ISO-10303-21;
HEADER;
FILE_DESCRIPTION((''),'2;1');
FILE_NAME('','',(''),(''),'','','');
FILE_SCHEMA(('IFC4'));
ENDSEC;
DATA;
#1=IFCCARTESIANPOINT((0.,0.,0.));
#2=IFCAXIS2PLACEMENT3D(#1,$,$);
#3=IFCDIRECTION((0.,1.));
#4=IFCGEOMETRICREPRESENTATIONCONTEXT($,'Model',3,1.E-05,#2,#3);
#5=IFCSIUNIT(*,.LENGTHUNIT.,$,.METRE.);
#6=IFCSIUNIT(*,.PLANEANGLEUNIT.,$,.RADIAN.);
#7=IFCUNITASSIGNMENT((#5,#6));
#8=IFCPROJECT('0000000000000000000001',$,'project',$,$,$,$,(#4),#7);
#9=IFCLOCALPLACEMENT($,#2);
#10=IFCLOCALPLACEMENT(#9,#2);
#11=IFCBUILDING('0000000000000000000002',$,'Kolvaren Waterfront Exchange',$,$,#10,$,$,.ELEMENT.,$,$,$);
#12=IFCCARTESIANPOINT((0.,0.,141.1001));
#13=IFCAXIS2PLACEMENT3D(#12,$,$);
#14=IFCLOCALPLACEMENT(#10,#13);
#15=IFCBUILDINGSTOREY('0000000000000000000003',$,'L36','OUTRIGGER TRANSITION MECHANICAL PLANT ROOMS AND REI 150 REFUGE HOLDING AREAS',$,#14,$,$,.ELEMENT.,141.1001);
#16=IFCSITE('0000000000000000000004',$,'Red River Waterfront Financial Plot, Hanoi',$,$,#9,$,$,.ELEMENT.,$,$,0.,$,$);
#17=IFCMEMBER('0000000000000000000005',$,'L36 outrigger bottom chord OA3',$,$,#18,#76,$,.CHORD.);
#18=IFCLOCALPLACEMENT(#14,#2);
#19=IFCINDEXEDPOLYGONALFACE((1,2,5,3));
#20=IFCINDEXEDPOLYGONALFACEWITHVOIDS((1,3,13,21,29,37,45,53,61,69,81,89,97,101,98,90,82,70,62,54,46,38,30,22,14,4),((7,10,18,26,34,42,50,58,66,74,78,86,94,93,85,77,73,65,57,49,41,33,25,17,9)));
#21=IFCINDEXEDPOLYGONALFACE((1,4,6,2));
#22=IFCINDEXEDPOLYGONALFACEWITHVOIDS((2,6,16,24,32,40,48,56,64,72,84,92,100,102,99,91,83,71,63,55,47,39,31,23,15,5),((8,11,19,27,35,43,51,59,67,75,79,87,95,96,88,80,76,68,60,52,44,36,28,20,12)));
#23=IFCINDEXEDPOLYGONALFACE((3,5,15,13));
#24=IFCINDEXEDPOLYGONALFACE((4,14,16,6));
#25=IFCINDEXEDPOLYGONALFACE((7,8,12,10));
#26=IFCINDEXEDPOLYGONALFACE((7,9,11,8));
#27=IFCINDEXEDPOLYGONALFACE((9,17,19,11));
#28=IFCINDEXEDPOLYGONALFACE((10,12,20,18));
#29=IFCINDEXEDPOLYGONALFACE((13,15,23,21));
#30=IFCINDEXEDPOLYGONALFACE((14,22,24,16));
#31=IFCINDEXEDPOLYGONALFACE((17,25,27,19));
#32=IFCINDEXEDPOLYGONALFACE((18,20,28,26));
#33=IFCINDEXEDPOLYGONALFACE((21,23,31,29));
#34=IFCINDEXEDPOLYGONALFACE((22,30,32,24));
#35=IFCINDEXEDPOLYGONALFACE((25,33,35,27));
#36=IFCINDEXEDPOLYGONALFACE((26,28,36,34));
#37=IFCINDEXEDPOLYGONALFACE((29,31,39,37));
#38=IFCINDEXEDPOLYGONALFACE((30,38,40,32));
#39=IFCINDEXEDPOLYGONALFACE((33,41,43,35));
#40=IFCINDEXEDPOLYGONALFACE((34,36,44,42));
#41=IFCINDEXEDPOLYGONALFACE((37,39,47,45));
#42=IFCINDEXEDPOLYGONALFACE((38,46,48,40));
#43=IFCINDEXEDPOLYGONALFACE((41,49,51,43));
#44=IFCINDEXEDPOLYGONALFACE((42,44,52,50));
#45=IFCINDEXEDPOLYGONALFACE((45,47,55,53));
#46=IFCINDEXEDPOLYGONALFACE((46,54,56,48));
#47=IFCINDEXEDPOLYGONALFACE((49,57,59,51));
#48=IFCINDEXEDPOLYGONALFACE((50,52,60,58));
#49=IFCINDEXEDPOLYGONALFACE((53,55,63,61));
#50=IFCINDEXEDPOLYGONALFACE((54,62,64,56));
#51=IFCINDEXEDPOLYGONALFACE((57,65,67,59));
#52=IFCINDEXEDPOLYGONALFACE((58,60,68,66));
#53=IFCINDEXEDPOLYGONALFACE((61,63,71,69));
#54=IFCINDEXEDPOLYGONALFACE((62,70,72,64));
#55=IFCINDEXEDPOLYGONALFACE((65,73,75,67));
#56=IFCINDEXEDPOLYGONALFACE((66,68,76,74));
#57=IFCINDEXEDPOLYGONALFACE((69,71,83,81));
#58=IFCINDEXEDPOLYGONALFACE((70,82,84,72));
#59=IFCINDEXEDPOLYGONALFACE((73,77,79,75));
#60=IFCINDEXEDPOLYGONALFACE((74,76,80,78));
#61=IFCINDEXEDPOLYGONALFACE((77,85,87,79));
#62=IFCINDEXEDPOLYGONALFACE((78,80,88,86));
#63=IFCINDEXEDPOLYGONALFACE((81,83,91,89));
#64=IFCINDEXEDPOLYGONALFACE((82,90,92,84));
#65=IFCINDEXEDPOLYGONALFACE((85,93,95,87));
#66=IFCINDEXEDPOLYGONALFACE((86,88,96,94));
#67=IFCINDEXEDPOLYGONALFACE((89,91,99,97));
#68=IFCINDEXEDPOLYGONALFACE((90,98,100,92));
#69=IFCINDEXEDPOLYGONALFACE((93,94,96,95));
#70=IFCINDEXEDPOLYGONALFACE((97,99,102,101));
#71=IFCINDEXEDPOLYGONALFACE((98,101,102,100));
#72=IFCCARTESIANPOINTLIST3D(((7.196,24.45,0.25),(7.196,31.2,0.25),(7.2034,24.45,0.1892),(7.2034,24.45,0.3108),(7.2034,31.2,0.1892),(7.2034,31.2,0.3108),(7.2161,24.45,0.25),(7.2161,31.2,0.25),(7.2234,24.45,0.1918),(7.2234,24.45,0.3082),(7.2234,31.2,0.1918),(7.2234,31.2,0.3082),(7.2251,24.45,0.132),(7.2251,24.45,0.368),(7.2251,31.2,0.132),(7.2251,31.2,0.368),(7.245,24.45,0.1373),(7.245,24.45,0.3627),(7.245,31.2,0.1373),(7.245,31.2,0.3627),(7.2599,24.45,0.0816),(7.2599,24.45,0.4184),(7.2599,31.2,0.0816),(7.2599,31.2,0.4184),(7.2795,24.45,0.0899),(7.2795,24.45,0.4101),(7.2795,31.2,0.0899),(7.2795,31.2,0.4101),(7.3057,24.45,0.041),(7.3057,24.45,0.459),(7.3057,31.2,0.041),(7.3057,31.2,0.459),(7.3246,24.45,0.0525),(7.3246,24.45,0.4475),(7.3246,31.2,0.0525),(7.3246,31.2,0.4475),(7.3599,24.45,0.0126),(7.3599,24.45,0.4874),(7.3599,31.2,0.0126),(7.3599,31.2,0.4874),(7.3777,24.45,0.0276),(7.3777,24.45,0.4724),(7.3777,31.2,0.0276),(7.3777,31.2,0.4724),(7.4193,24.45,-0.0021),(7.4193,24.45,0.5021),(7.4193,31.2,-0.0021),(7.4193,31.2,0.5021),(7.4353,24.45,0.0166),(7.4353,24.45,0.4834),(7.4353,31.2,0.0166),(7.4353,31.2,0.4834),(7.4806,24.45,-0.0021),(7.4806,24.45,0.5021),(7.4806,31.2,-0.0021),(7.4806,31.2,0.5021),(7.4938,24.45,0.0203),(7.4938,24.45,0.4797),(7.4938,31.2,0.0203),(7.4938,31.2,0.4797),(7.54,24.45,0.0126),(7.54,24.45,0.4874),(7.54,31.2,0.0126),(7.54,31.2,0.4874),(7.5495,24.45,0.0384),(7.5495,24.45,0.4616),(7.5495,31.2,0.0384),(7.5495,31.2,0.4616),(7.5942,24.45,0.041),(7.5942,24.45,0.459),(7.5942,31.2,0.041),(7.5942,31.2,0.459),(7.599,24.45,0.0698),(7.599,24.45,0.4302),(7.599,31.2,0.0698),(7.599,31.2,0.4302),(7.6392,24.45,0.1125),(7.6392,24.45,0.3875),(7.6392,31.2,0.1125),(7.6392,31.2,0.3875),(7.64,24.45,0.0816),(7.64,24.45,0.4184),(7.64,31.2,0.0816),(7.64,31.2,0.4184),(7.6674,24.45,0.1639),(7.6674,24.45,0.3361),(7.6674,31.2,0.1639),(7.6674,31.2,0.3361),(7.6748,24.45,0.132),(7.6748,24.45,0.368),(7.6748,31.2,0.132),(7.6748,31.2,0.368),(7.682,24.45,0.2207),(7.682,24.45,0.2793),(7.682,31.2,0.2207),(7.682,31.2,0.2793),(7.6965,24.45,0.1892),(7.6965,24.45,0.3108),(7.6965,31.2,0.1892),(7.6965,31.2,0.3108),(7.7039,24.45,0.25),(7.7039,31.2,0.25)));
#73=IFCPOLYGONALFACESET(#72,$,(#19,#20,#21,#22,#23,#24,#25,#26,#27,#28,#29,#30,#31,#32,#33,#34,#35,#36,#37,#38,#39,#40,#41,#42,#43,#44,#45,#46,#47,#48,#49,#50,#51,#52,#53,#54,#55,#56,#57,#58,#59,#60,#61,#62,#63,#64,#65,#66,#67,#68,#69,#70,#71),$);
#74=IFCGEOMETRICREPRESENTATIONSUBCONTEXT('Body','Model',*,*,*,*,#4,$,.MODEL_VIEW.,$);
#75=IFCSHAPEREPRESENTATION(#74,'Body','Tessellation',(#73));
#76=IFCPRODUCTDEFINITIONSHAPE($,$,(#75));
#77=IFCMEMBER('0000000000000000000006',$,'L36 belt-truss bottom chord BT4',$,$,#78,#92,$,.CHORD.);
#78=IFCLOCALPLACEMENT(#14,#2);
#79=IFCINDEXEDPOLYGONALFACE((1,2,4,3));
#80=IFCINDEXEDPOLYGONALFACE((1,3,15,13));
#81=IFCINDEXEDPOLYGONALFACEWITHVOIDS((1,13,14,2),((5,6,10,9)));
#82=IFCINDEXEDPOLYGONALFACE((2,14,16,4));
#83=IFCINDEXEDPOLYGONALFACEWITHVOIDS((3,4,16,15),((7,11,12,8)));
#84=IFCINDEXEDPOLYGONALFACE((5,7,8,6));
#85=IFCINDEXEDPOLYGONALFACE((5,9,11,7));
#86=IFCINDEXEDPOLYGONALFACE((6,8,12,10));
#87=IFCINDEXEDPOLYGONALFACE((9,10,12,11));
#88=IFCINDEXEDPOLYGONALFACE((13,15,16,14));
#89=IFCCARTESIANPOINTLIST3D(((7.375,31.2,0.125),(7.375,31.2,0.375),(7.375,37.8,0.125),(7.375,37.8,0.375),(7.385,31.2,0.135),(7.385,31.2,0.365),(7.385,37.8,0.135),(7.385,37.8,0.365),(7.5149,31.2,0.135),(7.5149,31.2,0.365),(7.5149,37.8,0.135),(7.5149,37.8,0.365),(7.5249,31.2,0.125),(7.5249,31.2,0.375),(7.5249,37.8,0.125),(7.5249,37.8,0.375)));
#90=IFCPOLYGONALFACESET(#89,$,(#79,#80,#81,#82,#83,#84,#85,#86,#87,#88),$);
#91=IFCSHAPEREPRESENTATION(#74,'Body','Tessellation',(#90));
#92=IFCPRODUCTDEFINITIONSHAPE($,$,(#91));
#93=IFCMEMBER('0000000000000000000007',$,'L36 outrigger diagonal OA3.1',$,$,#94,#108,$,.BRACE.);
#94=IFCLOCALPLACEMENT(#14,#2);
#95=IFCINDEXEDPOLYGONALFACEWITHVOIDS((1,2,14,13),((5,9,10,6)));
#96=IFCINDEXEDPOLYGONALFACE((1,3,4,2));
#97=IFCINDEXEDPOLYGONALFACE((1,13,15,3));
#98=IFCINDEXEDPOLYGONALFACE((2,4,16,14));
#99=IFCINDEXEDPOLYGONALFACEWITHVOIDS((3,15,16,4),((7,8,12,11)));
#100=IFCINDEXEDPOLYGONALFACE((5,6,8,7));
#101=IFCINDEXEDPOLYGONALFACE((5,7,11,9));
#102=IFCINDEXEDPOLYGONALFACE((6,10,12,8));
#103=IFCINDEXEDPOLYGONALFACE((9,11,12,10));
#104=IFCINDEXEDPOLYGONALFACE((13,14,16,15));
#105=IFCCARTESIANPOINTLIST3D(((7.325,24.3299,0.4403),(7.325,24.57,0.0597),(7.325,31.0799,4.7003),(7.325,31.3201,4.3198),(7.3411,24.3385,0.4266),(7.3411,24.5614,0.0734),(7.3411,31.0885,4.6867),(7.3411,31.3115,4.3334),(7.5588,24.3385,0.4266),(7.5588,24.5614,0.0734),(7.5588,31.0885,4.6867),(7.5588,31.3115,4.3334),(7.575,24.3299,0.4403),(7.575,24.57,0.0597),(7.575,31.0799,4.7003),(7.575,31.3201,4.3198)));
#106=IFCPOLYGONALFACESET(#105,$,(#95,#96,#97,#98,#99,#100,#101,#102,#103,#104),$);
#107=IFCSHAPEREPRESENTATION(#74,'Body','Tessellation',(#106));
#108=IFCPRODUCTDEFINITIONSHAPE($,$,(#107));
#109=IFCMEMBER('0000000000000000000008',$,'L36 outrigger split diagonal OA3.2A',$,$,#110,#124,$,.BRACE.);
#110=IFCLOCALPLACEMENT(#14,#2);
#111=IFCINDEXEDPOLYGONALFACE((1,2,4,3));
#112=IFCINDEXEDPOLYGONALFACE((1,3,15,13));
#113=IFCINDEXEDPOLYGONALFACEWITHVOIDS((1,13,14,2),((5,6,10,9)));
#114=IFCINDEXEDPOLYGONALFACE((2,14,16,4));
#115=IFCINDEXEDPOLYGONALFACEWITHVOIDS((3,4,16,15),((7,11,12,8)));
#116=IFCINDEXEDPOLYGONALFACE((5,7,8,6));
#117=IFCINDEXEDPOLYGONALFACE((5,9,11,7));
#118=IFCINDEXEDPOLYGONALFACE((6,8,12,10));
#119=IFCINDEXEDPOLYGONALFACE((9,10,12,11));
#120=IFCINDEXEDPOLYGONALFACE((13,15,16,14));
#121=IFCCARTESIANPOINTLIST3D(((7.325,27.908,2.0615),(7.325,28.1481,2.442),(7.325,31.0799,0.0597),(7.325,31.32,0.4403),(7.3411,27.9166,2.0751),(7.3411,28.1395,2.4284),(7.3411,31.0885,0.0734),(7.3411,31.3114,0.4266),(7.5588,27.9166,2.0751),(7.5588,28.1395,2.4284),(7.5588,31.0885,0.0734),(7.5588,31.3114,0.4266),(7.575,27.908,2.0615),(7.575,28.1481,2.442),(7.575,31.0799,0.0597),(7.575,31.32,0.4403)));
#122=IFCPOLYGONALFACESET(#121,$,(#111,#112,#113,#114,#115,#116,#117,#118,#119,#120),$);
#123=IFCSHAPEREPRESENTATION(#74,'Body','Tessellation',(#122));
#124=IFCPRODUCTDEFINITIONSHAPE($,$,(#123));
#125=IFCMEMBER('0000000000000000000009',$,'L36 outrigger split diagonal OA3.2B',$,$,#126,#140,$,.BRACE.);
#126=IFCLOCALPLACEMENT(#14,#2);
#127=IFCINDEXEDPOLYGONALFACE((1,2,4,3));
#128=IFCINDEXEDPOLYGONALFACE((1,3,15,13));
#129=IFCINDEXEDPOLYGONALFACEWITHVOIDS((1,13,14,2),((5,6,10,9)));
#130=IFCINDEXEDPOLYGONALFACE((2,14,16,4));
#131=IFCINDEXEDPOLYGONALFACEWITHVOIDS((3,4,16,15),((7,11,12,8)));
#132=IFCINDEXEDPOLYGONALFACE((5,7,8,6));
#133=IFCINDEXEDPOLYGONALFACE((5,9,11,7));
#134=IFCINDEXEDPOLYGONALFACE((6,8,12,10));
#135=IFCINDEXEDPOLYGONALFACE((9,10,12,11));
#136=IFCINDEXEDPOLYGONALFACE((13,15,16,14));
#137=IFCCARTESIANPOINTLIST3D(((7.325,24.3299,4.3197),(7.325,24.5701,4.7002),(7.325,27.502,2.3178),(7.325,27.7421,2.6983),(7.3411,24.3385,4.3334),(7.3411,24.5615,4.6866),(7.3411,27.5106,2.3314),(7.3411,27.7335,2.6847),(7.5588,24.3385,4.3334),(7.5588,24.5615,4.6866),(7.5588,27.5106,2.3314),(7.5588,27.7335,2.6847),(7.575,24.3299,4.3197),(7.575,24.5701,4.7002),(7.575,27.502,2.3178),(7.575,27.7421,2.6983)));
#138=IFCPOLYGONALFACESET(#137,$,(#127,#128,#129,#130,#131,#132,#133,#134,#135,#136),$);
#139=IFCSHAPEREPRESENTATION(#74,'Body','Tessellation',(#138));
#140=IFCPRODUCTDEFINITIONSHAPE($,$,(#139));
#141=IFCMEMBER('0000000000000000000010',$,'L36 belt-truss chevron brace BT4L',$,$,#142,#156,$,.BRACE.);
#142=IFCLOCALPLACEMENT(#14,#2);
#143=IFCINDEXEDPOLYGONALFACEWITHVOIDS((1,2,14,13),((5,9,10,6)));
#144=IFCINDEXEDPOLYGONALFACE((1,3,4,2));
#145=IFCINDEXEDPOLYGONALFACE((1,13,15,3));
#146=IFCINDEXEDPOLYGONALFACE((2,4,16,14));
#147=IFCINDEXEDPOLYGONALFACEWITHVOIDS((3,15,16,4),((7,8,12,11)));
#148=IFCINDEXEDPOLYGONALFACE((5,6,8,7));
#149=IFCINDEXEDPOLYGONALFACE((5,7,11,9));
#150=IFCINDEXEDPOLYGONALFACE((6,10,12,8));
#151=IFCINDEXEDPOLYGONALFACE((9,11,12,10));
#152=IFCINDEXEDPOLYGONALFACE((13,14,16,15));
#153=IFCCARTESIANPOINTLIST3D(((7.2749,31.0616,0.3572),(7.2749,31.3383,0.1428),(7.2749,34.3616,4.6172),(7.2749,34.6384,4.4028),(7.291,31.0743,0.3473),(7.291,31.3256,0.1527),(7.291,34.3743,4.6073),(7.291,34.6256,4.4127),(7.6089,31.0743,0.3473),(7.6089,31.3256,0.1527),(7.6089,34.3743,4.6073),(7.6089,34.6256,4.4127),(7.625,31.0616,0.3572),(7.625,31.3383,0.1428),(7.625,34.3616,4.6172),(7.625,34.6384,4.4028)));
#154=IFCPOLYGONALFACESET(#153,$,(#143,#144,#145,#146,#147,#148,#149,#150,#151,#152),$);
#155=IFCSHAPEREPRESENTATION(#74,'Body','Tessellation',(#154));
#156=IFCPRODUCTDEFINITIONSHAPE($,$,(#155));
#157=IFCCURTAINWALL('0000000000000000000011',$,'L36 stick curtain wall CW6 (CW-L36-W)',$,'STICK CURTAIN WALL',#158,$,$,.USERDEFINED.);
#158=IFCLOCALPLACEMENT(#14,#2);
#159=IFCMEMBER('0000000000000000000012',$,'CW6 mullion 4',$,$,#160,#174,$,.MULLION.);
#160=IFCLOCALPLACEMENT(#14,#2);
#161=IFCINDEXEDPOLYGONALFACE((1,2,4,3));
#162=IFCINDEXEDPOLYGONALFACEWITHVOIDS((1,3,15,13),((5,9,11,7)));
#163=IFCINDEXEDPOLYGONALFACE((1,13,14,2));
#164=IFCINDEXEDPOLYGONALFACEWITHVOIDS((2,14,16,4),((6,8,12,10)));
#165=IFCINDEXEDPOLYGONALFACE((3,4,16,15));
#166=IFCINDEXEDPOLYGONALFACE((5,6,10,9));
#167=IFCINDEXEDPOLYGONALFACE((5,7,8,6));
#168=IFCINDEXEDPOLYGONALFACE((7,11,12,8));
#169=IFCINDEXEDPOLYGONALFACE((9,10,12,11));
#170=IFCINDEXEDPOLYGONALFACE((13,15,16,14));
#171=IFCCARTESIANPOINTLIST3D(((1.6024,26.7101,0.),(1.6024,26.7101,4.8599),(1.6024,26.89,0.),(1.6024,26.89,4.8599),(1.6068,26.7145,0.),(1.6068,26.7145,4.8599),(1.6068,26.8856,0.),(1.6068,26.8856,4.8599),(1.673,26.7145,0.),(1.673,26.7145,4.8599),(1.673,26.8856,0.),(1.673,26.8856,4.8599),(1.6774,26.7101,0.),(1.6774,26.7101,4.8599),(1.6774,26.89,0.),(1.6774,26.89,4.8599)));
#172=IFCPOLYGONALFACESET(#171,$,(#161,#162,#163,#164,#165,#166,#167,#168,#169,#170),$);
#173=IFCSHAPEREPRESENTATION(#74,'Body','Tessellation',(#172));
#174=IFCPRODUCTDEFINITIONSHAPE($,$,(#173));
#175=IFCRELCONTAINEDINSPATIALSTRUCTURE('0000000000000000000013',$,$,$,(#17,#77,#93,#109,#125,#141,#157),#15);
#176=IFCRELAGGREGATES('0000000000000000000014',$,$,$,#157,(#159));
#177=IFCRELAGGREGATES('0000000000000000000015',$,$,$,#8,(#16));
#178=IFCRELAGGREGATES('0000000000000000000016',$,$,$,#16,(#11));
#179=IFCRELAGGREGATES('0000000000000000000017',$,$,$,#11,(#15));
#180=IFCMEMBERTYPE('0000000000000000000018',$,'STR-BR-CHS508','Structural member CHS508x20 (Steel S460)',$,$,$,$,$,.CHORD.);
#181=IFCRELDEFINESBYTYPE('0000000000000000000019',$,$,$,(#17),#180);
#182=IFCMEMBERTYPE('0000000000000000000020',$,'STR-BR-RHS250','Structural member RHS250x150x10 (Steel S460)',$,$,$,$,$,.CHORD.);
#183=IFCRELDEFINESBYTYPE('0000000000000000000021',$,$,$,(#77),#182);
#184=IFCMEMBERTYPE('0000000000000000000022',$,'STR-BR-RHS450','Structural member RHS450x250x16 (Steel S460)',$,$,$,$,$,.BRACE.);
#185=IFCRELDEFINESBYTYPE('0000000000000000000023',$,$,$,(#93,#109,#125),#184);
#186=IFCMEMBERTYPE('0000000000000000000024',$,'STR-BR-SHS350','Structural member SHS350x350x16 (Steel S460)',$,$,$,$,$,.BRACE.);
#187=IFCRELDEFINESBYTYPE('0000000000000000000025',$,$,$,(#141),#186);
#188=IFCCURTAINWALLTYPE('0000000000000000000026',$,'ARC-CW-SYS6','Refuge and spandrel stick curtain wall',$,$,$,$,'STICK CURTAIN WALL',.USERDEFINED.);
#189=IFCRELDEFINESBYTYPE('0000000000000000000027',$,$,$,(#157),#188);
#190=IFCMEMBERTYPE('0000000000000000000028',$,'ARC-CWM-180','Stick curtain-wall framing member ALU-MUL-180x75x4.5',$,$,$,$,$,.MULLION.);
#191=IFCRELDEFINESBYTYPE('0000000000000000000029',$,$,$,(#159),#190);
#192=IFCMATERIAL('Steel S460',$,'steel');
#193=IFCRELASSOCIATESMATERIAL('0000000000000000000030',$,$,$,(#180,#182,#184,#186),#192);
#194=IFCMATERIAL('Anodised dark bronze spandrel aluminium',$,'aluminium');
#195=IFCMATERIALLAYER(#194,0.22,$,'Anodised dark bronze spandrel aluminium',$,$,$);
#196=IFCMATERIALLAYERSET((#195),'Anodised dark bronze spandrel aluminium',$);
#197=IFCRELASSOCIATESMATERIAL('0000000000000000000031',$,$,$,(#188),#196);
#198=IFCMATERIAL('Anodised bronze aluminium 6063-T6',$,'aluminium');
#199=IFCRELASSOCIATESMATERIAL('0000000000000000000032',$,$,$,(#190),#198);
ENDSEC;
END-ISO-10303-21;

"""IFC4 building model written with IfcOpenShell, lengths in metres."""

from ifc_helpers import new_model, si_unit, direction, frame, origin, origin_with_axes, origin_2d, place, context, subcontext, project, spatial, hollow_rectangle, hollow_circle, extrude, source, transform, mapped, material, layer, layer_set, material_profile, profile_set, type_object, element, aggregate, save


model = new_model("IFC4")

# Units and contexts
model_context = context("Model", 3, precision=1e-05, world=origin(), true_north=direction((0.0, 1.0)))
body_context = subcontext(model_context, "Body", "Model", "MODEL_VIEW")
ifc_project = project(units=[si_unit("LENGTHUNIT", "METRE"), si_unit("PLANEANGLEUNIT", "RADIAN")], contexts=[model_context])

# Site, building, storey
site_placement = place(None, origin())
site = spatial("IfcSite", under=ifc_project, at=site_placement, Name="Red River Waterfront Financial Plot, Hanoi", CompositionType="ELEMENT", RefElevation=0.0)
building_placement = place(site_placement, origin())
building = spatial("IfcBuilding", under=site, at=building_placement, Name="Kolvaren Waterfront Exchange", CompositionType="ELEMENT")
storey_placement = place(building_placement, frame((0.0, 0.0, 141.1001)))
storey = spatial("IfcBuildingStorey", under=building, at=storey_placement, Name="L36", Description="OUTRIGGER TRANSITION MECHANICAL PLANT ROOMS AND REI 150 REFUGE HOLDING AREAS", CompositionType="ELEMENT", Elevation=141.1001)

# Members
ifc_material_1 = material(Name="Steel S460", Category="steel")
ifc_material_profile_1 = material_profile(ifc_material_1, hollow_circle(Radius=0.2539, WallThickness=0.02, at=origin_2d()), Name="CHS508x20")
ifc_profile_set_1 = profile_set([ifc_material_profile_1], Name="Steel S460")
member_type_1 = type_object("IfcMemberType", Name="STR-BR-CHS508", Description="Structural member CHS508x20 (Steel S460)", PredefinedType="CHORD", material=ifc_profile_set_1)
member_1_placement = place(storey_placement, frame((7.45, 24.45, 0.25), z_axis=(0.0, 1.0, 0.0), x_axis=(-1.0, 0.0, 0.0)))
element("IfcMember", 1, at=member_1_placement, inside=storey, type_object=member_type_1, Name="L36 outrigger bottom chord OA3", PredefinedType="CHORD", context=body_context, shape_type="SweptSolid", body=[
    extrude(hollow_circle(Radius=0.2539, WallThickness=0.02, at=origin_2d()), origin(), (0.0, 0.0, 1.0), 6.75),
])
ifc_material_profile_2 = material_profile(ifc_material_1, hollow_rectangle(XDim=0.1499, YDim=0.25, WallThickness=0.01, at=origin_2d()), Name="RHS250x150x10")
ifc_profile_set_2 = profile_set([ifc_material_profile_2], Name="Steel S460")
member_type_2 = type_object("IfcMemberType", Name="STR-BR-RHS250", Description="Structural member RHS250x150x10 (Steel S460)", PredefinedType="CHORD", material=ifc_profile_set_2)
member_2_placement = place(storey_placement, frame((7.45, 31.2, 0.25), z_axis=(0.0, 1.0, 0.0), x_axis=(-1.0, 0.0, 0.0)))
element("IfcMember", 2, at=member_2_placement, inside=storey, type_object=member_type_2, Name="L36 belt-truss bottom chord BT4", PredefinedType="CHORD", context=body_context, shape_type="SweptSolid", body=[
    extrude(hollow_rectangle(XDim=0.1499, YDim=0.25, WallThickness=0.01, at=origin_2d()), origin(), (0.0, 0.0, 1.0), 6.6001),
])
ifc_material_profile_3 = material_profile(ifc_material_1, hollow_rectangle(XDim=0.25, YDim=0.45, WallThickness=0.0161, at=origin_2d()), Name="RHS450x250x16")
ifc_profile_set_3 = profile_set([ifc_material_profile_3], Name="Steel S460")
member_type_3 = type_object("IfcMemberType", Name="STR-BR-RHS450", Description="Structural member RHS450x250x16 (Steel S460)", PredefinedType="BRACE", material=ifc_profile_set_3)
member_3_placement = place(storey_placement, frame((7.45, 24.45, 0.25), z_axis=(0.0, 0.845667, 0.533711), x_axis=(-1.0, 0.0, 0.0)))
element("IfcMember", 3, at=member_3_placement, inside=storey, type_object=member_type_3, Name="L36 outrigger diagonal OA3.1", PredefinedType="BRACE", context=body_context, shape_type="SweptSolid", body=[
    extrude(hollow_rectangle(XDim=0.25, YDim=0.45, WallThickness=0.0161, at=origin_2d()), origin(), (0.0, 0.0, 1.0), 7.9819),
])
member_4_placement = place(storey_placement, frame((7.45, 31.2, 0.25), z_axis=(0.0, -0.845679, 0.533692), x_axis=(1.0, 0.0, 0.0)))
element("IfcMember", 4, at=member_4_placement, inside=storey, type_object=member_type_3, Name="L36 outrigger split diagonal OA3.2A", PredefinedType="BRACE", context=body_context, shape_type="SweptSolid", body=[
    extrude(hollow_rectangle(XDim=0.25, YDim=0.45, WallThickness=0.0161, at=origin_2d()), origin(), (0.0, 0.0, 1.0), 3.7507),
])
member_5_placement = place(storey_placement, frame((7.45, 27.6221, 2.5081), z_axis=(0.0, -0.845668, 0.533709), x_axis=(1.0, 0.0, 0.0)))
element("IfcMember", 5, at=member_5_placement, inside=storey, type_object=member_type_3, Name="L36 outrigger split diagonal OA3.2B", PredefinedType="BRACE", context=body_context, shape_type="SweptSolid", body=[
    extrude(hollow_rectangle(XDim=0.25, YDim=0.45, WallThickness=0.0161, at=origin_2d()), origin(), (0.0, 0.0, 1.0), 3.751),
])
ifc_material_profile_4 = material_profile(ifc_material_1, hollow_rectangle(XDim=0.3501, YDim=0.3501, WallThickness=0.0161, at=origin_2d()), Name="SHS350x350x16")
ifc_profile_set_4 = profile_set([ifc_material_profile_4], Name="Steel S460")
member_type_4 = type_object("IfcMemberType", Name="STR-BR-SHS350", Description="Structural member SHS350x350x16 (Steel S460)", PredefinedType="BRACE", material=ifc_profile_set_4)
member_6_placement = place(storey_placement, frame((7.45, 31.2, 0.25), z_axis=(0.0, 0.612403, 0.790546), x_axis=(-1.0, 0.0, 0.0)))
element("IfcMember", 6, at=member_6_placement, inside=storey, type_object=member_type_4, Name="L36 belt-truss chevron brace BT4L", PredefinedType="BRACE", context=body_context, shape_type="SweptSolid", body=[
    extrude(hollow_rectangle(XDim=0.3501, YDim=0.3501, WallThickness=0.0161, at=origin_2d()), origin(), (0.0, 0.0, 1.0), 5.3887),
])

# Curtain wall, member
ifc_material_2 = material(Name="Anodised dark bronze spandrel aluminium", Category="aluminium")
ifc_layer_1 = layer(ifc_material_2, 0.22, Name="Anodised dark bronze spandrel aluminium")
ifc_layer_set_1 = layer_set([ifc_layer_1], Name="Anodised dark bronze spandrel aluminium")
curtain_wall_type = type_object("IfcCurtainWallType", Name="ARC-CW-SYS6", Description="Refuge and spandrel stick curtain wall", ElementType="STICK CURTAIN WALL", PredefinedType="USERDEFINED", material=ifc_layer_set_1)
curtain_wall_placement = place(storey_placement, origin())
curtain_wall = element("IfcCurtainWall", 7, at=curtain_wall_placement, inside=storey, type_object=curtain_wall_type, Name="L36 stick curtain wall CW6 (CW-L36-W)", ObjectType="STICK CURTAIN WALL", PredefinedType="USERDEFINED")
ifc_material_3 = material(Name="Anodised bronze aluminium 6063-T6", Category="aluminium")
ifc_material_profile_5 = material_profile(ifc_material_3, hollow_rectangle(XDim=0.075, YDim=0.1799, WallThickness=0.0044, at=origin_2d()), Name="ALU-MUL-180x75x4.5")
ifc_profile_set_5 = profile_set([ifc_material_profile_5], Name="Anodised bronze aluminium 6063-T6")
member_type_5 = type_object("IfcMemberType", Name="ARC-CWM-180", Description="Stick curtain-wall framing member ALU-MUL-180x75x4.5", PredefinedType="MULLION", material=ifc_profile_set_5)
shared_shape_1 = source(origin_with_axes(), body_context, "Body", "SweptSolid", [
    extrude(hollow_rectangle(XDim=0.075, YDim=0.1799, WallThickness=0.0044, at=origin_2d()), origin(), (0.0, 0.0, 1.0), 4.8599),
])
member_7_placement = place(storey_placement, frame((1.6399, 26.8, 0.0), z_axis=(0.0, 0.0, 1.0), x_axis=(-1.0, 0.0, 0.0)))
member_7 = element("IfcMember", 8, at=member_7_placement, type_object=member_type_5, Name="CW6 mullion 4", PredefinedType="MULLION", context=body_context, shape_type="MappedRepresentation", body=[
    mapped(shared_shape_1, transform((0.0, 0.0, 0.0), x_axis=(1.0, 0.0, 0.0), y_axis=(0.0, 1.0, 0.0), z_axis=(0.0, 0.0, 1.0), scale=1.0)),
])

aggregate(curtain_wall, [member_7])

save(model, "model.ifc")
